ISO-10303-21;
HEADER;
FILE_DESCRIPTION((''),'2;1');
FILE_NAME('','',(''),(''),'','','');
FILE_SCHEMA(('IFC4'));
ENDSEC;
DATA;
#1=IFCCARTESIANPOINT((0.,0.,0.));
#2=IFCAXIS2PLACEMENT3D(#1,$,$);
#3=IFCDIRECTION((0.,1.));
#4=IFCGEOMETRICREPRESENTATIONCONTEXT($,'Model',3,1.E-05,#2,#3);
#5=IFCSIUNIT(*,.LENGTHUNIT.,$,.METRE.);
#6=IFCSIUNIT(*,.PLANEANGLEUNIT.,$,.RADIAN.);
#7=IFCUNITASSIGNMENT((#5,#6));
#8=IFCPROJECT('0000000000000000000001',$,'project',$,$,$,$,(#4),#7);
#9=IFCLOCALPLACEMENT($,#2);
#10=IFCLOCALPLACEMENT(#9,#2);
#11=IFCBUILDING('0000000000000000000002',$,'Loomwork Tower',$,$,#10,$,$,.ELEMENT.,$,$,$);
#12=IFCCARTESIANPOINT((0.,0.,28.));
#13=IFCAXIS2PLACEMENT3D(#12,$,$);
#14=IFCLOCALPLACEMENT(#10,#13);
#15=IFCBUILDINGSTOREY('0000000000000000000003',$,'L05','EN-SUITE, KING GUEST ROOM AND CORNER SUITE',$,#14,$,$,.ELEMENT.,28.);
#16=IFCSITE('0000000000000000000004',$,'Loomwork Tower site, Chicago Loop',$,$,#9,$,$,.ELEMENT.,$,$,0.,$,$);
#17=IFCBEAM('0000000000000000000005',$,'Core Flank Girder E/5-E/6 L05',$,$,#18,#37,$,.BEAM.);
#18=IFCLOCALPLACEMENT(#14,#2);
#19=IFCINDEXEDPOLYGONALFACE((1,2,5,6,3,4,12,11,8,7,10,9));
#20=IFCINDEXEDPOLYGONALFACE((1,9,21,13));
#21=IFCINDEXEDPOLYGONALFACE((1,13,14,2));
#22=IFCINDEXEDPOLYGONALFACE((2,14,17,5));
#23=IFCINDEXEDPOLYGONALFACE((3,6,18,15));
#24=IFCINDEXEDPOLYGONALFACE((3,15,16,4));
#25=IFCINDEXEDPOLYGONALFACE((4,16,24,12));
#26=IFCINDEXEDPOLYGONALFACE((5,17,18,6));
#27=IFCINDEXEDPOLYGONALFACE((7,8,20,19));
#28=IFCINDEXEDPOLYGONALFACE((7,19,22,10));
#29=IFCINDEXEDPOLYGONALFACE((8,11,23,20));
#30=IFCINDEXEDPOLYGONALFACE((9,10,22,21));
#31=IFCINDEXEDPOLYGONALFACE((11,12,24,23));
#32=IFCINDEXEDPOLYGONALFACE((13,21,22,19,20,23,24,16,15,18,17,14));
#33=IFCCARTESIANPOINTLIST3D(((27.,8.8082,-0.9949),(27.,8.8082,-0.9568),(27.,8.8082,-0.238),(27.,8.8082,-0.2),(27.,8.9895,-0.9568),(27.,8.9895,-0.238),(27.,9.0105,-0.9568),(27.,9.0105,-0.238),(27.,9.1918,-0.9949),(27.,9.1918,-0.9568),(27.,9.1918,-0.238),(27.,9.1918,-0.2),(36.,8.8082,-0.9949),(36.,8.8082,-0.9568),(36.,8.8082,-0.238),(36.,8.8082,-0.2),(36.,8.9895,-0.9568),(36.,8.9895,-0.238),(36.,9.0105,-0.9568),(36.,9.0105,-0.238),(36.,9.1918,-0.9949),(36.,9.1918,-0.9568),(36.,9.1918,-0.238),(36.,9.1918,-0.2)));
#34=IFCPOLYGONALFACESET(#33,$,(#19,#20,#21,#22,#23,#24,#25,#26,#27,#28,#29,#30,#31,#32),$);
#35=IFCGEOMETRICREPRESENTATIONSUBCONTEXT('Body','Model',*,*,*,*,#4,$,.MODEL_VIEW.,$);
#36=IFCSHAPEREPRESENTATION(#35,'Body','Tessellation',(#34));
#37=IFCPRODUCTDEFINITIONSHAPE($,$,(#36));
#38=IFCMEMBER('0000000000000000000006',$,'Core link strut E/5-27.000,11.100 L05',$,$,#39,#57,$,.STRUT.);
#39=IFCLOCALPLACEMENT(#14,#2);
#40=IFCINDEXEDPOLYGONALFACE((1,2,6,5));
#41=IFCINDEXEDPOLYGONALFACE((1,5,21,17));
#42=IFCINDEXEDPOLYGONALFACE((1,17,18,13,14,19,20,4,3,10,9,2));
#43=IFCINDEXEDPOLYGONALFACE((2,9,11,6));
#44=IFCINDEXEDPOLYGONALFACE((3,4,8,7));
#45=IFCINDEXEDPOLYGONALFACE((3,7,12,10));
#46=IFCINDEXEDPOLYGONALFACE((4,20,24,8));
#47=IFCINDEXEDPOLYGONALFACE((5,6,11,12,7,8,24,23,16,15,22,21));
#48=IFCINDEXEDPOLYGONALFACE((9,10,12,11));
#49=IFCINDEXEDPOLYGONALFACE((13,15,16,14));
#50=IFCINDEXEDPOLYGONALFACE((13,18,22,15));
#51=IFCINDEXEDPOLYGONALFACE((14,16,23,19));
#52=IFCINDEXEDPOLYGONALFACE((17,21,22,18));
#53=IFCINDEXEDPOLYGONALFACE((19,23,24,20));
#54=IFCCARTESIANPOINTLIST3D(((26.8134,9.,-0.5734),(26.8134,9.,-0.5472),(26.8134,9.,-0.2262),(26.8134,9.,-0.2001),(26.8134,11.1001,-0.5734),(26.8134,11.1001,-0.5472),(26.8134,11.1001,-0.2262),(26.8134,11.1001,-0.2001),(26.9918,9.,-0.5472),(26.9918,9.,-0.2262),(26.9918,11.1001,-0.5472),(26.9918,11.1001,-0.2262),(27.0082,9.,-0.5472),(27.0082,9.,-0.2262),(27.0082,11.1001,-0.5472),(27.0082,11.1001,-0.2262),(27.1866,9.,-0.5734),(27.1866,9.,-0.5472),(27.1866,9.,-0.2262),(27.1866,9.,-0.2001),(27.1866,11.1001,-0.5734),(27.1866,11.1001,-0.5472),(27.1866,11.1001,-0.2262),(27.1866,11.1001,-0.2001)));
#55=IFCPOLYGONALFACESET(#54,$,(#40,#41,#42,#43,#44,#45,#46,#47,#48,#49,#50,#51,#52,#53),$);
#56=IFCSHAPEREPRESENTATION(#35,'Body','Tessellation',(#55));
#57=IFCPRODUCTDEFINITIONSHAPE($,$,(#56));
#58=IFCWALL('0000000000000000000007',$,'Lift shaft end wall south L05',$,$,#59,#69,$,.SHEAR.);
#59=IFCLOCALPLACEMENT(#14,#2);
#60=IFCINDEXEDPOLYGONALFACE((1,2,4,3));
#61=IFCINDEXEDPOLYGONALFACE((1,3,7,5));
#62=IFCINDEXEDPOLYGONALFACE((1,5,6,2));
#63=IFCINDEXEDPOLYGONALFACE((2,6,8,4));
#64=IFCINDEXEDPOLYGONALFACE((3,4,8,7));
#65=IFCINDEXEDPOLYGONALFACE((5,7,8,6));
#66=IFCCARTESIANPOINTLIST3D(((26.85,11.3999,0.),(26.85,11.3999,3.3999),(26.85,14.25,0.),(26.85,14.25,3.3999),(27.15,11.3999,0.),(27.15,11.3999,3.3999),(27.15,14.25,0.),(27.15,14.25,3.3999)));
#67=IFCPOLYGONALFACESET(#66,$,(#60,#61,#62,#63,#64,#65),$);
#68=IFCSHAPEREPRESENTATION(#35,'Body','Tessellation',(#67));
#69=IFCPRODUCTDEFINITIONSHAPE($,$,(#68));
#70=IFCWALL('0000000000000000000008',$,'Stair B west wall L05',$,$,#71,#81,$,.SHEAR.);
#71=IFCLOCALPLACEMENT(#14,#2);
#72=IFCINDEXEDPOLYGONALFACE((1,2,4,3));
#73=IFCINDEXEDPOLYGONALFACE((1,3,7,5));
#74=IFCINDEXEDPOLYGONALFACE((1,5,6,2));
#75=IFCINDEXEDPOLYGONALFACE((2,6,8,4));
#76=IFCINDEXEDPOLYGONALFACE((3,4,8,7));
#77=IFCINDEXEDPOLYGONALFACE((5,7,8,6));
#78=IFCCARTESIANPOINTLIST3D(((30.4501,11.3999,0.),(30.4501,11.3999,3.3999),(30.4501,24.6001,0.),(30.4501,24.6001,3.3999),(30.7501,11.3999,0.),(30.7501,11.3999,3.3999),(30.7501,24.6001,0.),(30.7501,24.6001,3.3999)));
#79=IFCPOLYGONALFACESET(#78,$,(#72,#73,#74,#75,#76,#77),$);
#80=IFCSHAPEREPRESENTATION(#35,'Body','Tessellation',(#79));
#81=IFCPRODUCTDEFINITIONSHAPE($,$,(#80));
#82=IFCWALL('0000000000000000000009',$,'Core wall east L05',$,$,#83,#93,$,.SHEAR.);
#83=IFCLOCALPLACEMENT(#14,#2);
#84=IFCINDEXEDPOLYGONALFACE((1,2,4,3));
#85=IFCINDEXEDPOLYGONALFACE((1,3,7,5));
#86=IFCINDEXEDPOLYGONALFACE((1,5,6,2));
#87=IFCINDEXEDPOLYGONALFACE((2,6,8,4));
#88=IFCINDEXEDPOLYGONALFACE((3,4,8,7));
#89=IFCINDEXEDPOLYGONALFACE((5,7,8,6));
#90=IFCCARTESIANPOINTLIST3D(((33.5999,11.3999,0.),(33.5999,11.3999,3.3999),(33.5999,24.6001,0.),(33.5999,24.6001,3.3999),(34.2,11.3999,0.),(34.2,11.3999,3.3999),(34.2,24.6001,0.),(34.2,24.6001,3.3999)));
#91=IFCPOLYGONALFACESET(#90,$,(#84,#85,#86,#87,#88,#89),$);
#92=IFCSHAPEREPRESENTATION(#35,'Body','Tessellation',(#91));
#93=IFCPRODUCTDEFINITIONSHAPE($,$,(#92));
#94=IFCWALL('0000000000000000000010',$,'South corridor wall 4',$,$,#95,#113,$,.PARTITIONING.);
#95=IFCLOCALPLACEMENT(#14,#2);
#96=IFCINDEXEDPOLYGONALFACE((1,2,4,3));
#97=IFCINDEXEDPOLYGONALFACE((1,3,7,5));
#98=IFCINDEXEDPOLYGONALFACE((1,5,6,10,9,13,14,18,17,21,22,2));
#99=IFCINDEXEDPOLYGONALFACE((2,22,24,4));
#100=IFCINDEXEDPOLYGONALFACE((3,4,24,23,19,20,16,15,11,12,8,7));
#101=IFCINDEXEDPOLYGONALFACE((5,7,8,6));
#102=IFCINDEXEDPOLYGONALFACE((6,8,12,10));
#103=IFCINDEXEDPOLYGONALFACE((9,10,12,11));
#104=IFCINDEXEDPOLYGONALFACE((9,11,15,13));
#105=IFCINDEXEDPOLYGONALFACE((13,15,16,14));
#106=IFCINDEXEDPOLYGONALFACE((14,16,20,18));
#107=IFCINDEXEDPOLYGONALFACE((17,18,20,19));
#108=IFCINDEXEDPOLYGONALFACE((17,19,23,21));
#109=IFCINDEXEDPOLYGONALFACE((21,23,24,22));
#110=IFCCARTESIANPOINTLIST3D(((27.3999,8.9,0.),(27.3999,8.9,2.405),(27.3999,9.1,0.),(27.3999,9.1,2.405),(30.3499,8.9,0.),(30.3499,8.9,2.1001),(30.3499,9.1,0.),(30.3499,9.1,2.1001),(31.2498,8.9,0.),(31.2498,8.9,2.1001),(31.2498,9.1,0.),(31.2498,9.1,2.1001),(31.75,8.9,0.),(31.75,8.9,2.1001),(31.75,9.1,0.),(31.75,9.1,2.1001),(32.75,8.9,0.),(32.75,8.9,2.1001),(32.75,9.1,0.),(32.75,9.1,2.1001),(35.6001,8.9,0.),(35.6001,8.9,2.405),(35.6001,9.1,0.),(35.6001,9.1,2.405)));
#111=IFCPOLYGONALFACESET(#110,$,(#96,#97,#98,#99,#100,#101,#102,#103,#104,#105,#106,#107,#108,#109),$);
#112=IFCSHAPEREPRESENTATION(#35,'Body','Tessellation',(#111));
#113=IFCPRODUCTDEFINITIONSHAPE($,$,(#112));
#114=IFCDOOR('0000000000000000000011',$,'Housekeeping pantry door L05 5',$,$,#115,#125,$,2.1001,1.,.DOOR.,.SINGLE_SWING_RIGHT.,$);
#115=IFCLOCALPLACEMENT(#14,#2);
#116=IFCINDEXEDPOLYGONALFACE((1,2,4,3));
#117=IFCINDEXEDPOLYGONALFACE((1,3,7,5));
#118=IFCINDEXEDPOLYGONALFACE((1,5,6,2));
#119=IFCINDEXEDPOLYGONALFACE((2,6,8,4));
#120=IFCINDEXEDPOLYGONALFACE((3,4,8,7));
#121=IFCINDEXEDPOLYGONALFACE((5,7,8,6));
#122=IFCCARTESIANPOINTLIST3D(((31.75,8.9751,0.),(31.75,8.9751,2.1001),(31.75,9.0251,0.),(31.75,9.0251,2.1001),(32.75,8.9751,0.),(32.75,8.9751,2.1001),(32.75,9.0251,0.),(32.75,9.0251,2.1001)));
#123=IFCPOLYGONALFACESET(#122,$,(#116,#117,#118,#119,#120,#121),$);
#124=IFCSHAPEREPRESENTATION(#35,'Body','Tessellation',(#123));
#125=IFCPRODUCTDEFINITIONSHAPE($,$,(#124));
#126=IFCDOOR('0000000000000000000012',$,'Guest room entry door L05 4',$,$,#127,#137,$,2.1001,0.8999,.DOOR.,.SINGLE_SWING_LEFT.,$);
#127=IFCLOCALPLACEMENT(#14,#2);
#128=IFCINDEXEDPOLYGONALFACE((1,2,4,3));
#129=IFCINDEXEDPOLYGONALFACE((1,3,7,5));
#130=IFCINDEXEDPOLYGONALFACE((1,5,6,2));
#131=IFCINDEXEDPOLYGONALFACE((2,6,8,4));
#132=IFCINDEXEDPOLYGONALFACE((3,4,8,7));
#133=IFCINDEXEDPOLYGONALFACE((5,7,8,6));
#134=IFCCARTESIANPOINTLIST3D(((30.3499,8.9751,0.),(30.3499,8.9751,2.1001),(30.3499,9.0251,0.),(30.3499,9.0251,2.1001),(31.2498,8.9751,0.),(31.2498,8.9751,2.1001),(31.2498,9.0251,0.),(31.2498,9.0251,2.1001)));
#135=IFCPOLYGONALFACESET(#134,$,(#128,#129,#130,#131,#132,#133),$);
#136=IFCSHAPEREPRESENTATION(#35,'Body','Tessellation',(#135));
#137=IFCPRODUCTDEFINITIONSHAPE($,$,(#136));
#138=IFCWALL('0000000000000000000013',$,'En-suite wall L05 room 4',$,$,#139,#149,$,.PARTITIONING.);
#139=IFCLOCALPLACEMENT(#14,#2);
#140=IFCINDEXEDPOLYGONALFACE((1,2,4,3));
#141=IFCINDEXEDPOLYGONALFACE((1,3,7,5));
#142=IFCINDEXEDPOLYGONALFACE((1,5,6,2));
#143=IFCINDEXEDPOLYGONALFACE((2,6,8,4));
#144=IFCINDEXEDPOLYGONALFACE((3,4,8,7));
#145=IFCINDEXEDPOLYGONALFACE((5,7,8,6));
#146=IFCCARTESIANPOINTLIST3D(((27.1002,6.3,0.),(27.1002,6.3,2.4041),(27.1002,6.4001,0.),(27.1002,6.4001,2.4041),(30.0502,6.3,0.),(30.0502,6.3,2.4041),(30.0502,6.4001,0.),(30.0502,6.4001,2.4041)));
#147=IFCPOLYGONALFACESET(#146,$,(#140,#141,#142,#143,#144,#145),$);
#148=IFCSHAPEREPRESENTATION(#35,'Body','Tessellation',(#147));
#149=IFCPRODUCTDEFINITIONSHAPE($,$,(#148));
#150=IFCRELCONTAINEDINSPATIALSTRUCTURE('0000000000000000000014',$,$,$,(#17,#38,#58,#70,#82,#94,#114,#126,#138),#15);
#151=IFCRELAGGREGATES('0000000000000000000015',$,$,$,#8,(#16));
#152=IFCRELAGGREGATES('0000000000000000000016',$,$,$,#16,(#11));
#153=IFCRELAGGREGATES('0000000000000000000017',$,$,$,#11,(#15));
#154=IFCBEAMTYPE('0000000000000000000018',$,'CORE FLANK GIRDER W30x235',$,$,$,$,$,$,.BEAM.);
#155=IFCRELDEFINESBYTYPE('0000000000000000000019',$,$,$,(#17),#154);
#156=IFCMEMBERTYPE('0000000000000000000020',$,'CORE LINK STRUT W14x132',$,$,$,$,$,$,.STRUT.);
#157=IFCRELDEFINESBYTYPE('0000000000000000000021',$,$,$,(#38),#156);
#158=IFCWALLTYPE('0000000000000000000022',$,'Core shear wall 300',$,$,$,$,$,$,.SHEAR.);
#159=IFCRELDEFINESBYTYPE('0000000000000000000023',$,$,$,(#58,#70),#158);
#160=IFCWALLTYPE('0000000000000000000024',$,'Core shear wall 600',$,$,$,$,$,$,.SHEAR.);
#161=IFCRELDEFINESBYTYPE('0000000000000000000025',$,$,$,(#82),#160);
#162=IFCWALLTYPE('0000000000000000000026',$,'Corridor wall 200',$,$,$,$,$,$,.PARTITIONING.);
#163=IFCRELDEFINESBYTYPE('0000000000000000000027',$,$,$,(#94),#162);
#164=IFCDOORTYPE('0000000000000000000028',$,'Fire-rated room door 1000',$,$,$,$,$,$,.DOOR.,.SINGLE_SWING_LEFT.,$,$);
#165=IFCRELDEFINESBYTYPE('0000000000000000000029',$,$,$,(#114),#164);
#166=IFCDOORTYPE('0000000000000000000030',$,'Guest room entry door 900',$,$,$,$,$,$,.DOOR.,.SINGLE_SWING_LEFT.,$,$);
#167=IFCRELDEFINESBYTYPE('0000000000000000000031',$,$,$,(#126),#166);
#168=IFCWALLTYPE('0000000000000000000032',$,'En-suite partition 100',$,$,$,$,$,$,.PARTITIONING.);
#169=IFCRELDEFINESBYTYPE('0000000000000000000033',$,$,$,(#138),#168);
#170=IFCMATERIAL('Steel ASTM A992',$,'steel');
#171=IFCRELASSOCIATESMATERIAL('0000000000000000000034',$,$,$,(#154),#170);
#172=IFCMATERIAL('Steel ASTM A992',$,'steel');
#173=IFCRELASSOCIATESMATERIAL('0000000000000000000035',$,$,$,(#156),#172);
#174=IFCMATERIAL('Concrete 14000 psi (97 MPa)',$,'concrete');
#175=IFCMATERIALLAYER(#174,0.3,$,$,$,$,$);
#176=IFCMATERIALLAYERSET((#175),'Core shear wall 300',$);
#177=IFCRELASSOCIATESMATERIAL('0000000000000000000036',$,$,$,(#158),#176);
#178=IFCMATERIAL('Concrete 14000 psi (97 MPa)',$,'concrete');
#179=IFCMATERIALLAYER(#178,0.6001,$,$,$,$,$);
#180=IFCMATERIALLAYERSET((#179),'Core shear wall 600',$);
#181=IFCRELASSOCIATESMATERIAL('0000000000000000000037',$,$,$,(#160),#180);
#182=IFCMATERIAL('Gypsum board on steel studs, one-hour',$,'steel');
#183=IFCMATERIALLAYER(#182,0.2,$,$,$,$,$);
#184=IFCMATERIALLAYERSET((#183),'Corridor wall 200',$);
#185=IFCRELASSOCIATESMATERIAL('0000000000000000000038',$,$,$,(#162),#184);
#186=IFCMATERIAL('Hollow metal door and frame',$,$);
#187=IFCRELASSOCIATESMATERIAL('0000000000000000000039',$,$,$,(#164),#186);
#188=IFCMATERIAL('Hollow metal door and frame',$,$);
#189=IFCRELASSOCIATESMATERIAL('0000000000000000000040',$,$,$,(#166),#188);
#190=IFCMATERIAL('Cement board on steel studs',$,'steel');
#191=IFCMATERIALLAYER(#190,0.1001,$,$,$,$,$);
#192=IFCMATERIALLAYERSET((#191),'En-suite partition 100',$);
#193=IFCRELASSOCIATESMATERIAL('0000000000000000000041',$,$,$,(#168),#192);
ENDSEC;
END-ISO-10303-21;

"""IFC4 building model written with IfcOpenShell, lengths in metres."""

from ifc_helpers import new_model, si_unit, direction, frame, frame_2d, origin, origin_2d, place, context, subcontext, project, spatial, rectangle, i_section, extrude, material, layer, layer_set, material_profile, profile_set, type_object, element, fill, save


model = new_model("IFC4")

# Units and contexts
model_context = context("Model", 3, precision=1e-05, world=origin(), true_north=direction((0.0, 1.0)))
body_context = subcontext(model_context, "Body", "Model", "MODEL_VIEW")
ifc_project = project(units=[si_unit("LENGTHUNIT", "METRE"), si_unit("PLANEANGLEUNIT", "RADIAN")], contexts=[model_context])

# Site, building, storey
site_placement = place(None, origin())
site = spatial("IfcSite", under=ifc_project, at=site_placement, Name="Loomwork Tower site, Chicago Loop", CompositionType="ELEMENT", RefElevation=0.0)
building_placement = place(site_placement, origin())
building = spatial("IfcBuilding", under=site, at=building_placement, Name="Loomwork Tower", CompositionType="ELEMENT")
storey_placement = place(building_placement, frame((0.0, 0.0, 28.0)))
storey = spatial("IfcBuildingStorey", under=building, at=storey_placement, Name="L05", Description="EN-SUITE, KING GUEST ROOM AND CORNER SUITE", CompositionType="ELEMENT", Elevation=28.0)

# Beam
ifc_material_1 = material(Name="Steel ASTM A992", Category="steel")
ifc_material_profile_1 = material_profile(ifc_material_1, i_section(OverallWidth=0.3835, OverallDepth=0.7949, WebThickness=0.021, FlangeThickness=0.0381, at=origin_2d()), Name="W30x235")
ifc_profile_set_1 = profile_set([ifc_material_profile_1], Name="Steel ASTM A992")
beam_type = type_object("IfcBeamType", Name="CORE FLANK GIRDER W30x235", PredefinedType="BEAM", material=ifc_profile_set_1)
beam_placement = place(storey_placement, frame((27.0, 9.0, -0.5974), z_axis=(1.0, 0.0, 0.0), x_axis=(0.0, 1.0, 0.0)))
element("IfcBeam", 1, at=beam_placement, inside=storey, type_object=beam_type, Name="Core Flank Girder E/5-E/6 L05", PredefinedType="BEAM", context=body_context, shape_type="SweptSolid", body=[
    extrude(i_section(OverallWidth=0.3835, OverallDepth=0.7949, WebThickness=0.021, FlangeThickness=0.0381, at=origin_2d()), origin(), (0.0, 0.0, 1.0), 9.0),
])

# Member
ifc_material_2 = material(Name="Steel ASTM A992", Category="steel")
ifc_material_profile_2 = material_profile(ifc_material_2, i_section(OverallWidth=0.3733, OverallDepth=0.3733, WebThickness=0.0164, FlangeThickness=0.0261, at=origin_2d()), Name="W14x132")
ifc_profile_set_2 = profile_set([ifc_material_profile_2], Name="Steel ASTM A992")
member_type = type_object("IfcMemberType", Name="CORE LINK STRUT W14x132", PredefinedType="STRUT", material=ifc_profile_set_2)
member_placement = place(storey_placement, frame((27.0, 9.0, -0.3867), z_axis=(0.0, 1.0, 0.0), x_axis=(-1.0, 0.0, 0.0)))
element("IfcMember", 2, at=member_placement, inside=storey, type_object=member_type, Name="Core link strut E/5-27.000,11.100 L05", PredefinedType="STRUT", context=body_context, shape_type="SweptSolid", body=[
    extrude(i_section(OverallWidth=0.3733, OverallDepth=0.3733, WebThickness=0.0164, FlangeThickness=0.0261, at=origin_2d()), origin(), (0.0, 0.0, 1.0), 2.1001),
])

# Walls
ifc_material_3 = material(Name="Concrete 14000 psi (97 MPa)", Category="concrete")
ifc_layer_1 = layer(ifc_material_3, 0.3)
ifc_layer_set_1 = layer_set([ifc_layer_1], Name="Core shear wall 300")
wall_type_1 = type_object("IfcWallType", Name="Core shear wall 300", PredefinedType="SHEAR", material=ifc_layer_set_1)
wall_1_placement = place(storey_placement, frame((27.0, 11.3999, 0.0), z_axis=(0.0, 0.0, 1.0), x_axis=(0.0, 1.0, 0.0)))
element("IfcWall", 3, at=wall_1_placement, inside=storey, type_object=wall_type_1, Name="Lift shaft end wall south L05", PredefinedType="SHEAR", context=body_context, shape_type="SweptSolid", body=[
    extrude(rectangle(XDim=2.8501, YDim=0.3, at=frame_2d((1.425, 0.0))), origin(), (0.0, 0.0, 1.0), 3.3999),
])
wall_2_placement = place(storey_placement, frame((30.6001, 11.3999, 0.0), z_axis=(0.0, 0.0, 1.0), x_axis=(0.0, 1.0, 0.0)))
element("IfcWall", 4, at=wall_2_placement, inside=storey, type_object=wall_type_1, Name="Stair B west wall L05", PredefinedType="SHEAR", context=body_context, shape_type="SweptSolid", body=[
    extrude(rectangle(XDim=13.2002, YDim=0.3, at=frame_2d((6.6001, 0.0))), origin(), (0.0, 0.0, 1.0), 3.3999),
])
ifc_material_4 = material(Name="Concrete 14000 psi (97 MPa)", Category="concrete")
ifc_layer_2 = layer(ifc_material_4, 0.6001)
ifc_layer_set_2 = layer_set([ifc_layer_2], Name="Core shear wall 600")
wall_type_2 = type_object("IfcWallType", Name="Core shear wall 600", PredefinedType="SHEAR", material=ifc_layer_set_2)
wall_3_placement = place(storey_placement, frame((33.8999, 11.3999, 0.0), z_axis=(0.0, 0.0, 1.0), x_axis=(0.0, 1.0, 0.0)))
element("IfcWall", 5, at=wall_3_placement, inside=storey, type_object=wall_type_2, Name="Core wall east L05", PredefinedType="SHEAR", context=body_context, shape_type="SweptSolid", body=[
    extrude(rectangle(XDim=13.2002, YDim=0.6001, at=frame_2d((6.6001, 0.0))), origin(), (0.0, 0.0, 1.0), 3.3999),
])

# Wall, openings, doors
ifc_material_5 = material(Name="Gypsum board on steel studs, one-hour", Category="steel")
ifc_layer_3 = layer(ifc_material_5, 0.2)
ifc_layer_set_3 = layer_set([ifc_layer_3], Name="Corridor wall 200")
wall_type_3 = type_object("IfcWallType", Name="Corridor wall 200", PredefinedType="PARTITIONING", material=ifc_layer_set_3)
wall_4_placement = place(storey_placement, frame((27.3999, 9.0, 0.0), z_axis=(0.0, 0.0, 1.0), x_axis=(1.0, 0.0, 0.0)))
wall_4 = element("IfcWall", 6, at=wall_4_placement, inside=storey, type_object=wall_type_3, Name="South corridor wall 4", PredefinedType="PARTITIONING", context=body_context, shape_type="SweptSolid", body=[
    extrude(rectangle(XDim=8.2002, YDim=0.2, at=frame_2d((4.1001, 0.0))), origin(), (0.0, 0.0, 1.0), 2.405),
])
opening_1_placement = place(wall_4_placement, frame((2.95, 0.0, 0.0)))
opening_1 = element("IfcOpeningElement", 7, at=opening_1_placement, cuts=wall_4, PredefinedType="OPENING", context=body_context, shape_type="SweptSolid", body=[
    extrude(rectangle(XDim=0.8999, YDim=2.1001, at=frame_2d((0.45, 1.05))), frame((0.0, 0.1099, 0.0), z_axis=(0.0, -1.0, 0.0), x_axis=(1.0, 0.0, 0.0)), (0.0, 0.0, 1.0), 0.22),
])
opening_2_placement = place(wall_4_placement, frame((4.3501, 0.0, 0.0)))
opening_2 = element("IfcOpeningElement", 8, at=opening_2_placement, cuts=wall_4, PredefinedType="OPENING", context=body_context, shape_type="SweptSolid", body=[
    extrude(rectangle(XDim=1.0, YDim=2.1001, at=frame_2d((0.5, 1.05))), frame((0.0, 0.1099, 0.0), z_axis=(0.0, -1.0, 0.0), x_axis=(1.0, 0.0, 0.0)), (0.0, 0.0, 1.0), 0.22),
])
ifc_material_6 = material(Name="Hollow metal door and frame")
door_type_1 = type_object("IfcDoorType", Name="Fire-rated room door 1000", OperationType="SINGLE_SWING_LEFT", PredefinedType="DOOR", material=ifc_material_6)
door_1_placement = place(opening_2_placement, frame((1.0, 0.0, 0.0), z_axis=(0.0, 0.0, 1.0), x_axis=(-1.0, 0.0, 0.0)))
door_1 = element("IfcDoor", 9, at=door_1_placement, inside=storey, type_object=door_type_1, Name="Housekeeping pantry door L05 5", OperationType="SINGLE_SWING_RIGHT", OverallHeight=2.1001, OverallWidth=1.0, PredefinedType="DOOR", context=body_context, shape_type="SweptSolid", body=[
    extrude(rectangle(XDim=1.0, YDim=2.1001, at=frame_2d((0.5, 1.05))), frame((0.0, 0.0249, 0.0), z_axis=(0.0, -1.0, 0.0), x_axis=(1.0, 0.0, 0.0)), (0.0, 0.0, 1.0), 0.05),
])
fill(opening_2, door_1)
ifc_material_7 = material(Name="Hollow metal door and frame")
door_type_2 = type_object("IfcDoorType", Name="Guest room entry door 900", OperationType="SINGLE_SWING_LEFT", PredefinedType="DOOR", material=ifc_material_7)
door_2_placement = place(opening_1_placement, frame((0.8999, 0.0, 0.0), z_axis=(0.0, 0.0, 1.0), x_axis=(-1.0, 0.0, 0.0)))
door_2 = element("IfcDoor", 10, at=door_2_placement, inside=storey, type_object=door_type_2, Name="Guest room entry door L05 4", OperationType="SINGLE_SWING_LEFT", OverallHeight=2.1001, OverallWidth=0.8999, PredefinedType="DOOR", context=body_context, shape_type="SweptSolid", body=[
    extrude(rectangle(XDim=0.8999, YDim=2.1001, at=frame_2d((0.45, 1.05))), frame((0.0, 0.0249, 0.0), z_axis=(0.0, -1.0, 0.0), x_axis=(1.0, 0.0, 0.0)), (0.0, 0.0, 1.0), 0.05),
])
fill(opening_1, door_2)

# Wall
ifc_material_8 = material(Name="Cement board on steel studs", Category="steel")
ifc_layer_4 = layer(ifc_material_8, 0.1001)
ifc_layer_set_4 = layer_set([ifc_layer_4], Name="En-suite partition 100")
wall_type_4 = type_object("IfcWallType", Name="En-suite partition 100", PredefinedType="PARTITIONING", material=ifc_layer_set_4)
wall_5_placement = place(storey_placement, frame((27.1001, 6.3501, 0.0), z_axis=(0.0, 0.0, 1.0), x_axis=(1.0, 0.0, 0.0)))
element("IfcWall", 11, at=wall_5_placement, inside=storey, type_object=wall_type_4, Name="En-suite wall L05 room 4", PredefinedType="PARTITIONING", context=body_context, shape_type="SweptSolid", body=[
    extrude(rectangle(XDim=2.95, YDim=0.1001, at=frame_2d((1.4751, 0.0))), origin(), (0.0, 0.0, 1.0), 2.4041),
])

save(model, "model.ifc")
